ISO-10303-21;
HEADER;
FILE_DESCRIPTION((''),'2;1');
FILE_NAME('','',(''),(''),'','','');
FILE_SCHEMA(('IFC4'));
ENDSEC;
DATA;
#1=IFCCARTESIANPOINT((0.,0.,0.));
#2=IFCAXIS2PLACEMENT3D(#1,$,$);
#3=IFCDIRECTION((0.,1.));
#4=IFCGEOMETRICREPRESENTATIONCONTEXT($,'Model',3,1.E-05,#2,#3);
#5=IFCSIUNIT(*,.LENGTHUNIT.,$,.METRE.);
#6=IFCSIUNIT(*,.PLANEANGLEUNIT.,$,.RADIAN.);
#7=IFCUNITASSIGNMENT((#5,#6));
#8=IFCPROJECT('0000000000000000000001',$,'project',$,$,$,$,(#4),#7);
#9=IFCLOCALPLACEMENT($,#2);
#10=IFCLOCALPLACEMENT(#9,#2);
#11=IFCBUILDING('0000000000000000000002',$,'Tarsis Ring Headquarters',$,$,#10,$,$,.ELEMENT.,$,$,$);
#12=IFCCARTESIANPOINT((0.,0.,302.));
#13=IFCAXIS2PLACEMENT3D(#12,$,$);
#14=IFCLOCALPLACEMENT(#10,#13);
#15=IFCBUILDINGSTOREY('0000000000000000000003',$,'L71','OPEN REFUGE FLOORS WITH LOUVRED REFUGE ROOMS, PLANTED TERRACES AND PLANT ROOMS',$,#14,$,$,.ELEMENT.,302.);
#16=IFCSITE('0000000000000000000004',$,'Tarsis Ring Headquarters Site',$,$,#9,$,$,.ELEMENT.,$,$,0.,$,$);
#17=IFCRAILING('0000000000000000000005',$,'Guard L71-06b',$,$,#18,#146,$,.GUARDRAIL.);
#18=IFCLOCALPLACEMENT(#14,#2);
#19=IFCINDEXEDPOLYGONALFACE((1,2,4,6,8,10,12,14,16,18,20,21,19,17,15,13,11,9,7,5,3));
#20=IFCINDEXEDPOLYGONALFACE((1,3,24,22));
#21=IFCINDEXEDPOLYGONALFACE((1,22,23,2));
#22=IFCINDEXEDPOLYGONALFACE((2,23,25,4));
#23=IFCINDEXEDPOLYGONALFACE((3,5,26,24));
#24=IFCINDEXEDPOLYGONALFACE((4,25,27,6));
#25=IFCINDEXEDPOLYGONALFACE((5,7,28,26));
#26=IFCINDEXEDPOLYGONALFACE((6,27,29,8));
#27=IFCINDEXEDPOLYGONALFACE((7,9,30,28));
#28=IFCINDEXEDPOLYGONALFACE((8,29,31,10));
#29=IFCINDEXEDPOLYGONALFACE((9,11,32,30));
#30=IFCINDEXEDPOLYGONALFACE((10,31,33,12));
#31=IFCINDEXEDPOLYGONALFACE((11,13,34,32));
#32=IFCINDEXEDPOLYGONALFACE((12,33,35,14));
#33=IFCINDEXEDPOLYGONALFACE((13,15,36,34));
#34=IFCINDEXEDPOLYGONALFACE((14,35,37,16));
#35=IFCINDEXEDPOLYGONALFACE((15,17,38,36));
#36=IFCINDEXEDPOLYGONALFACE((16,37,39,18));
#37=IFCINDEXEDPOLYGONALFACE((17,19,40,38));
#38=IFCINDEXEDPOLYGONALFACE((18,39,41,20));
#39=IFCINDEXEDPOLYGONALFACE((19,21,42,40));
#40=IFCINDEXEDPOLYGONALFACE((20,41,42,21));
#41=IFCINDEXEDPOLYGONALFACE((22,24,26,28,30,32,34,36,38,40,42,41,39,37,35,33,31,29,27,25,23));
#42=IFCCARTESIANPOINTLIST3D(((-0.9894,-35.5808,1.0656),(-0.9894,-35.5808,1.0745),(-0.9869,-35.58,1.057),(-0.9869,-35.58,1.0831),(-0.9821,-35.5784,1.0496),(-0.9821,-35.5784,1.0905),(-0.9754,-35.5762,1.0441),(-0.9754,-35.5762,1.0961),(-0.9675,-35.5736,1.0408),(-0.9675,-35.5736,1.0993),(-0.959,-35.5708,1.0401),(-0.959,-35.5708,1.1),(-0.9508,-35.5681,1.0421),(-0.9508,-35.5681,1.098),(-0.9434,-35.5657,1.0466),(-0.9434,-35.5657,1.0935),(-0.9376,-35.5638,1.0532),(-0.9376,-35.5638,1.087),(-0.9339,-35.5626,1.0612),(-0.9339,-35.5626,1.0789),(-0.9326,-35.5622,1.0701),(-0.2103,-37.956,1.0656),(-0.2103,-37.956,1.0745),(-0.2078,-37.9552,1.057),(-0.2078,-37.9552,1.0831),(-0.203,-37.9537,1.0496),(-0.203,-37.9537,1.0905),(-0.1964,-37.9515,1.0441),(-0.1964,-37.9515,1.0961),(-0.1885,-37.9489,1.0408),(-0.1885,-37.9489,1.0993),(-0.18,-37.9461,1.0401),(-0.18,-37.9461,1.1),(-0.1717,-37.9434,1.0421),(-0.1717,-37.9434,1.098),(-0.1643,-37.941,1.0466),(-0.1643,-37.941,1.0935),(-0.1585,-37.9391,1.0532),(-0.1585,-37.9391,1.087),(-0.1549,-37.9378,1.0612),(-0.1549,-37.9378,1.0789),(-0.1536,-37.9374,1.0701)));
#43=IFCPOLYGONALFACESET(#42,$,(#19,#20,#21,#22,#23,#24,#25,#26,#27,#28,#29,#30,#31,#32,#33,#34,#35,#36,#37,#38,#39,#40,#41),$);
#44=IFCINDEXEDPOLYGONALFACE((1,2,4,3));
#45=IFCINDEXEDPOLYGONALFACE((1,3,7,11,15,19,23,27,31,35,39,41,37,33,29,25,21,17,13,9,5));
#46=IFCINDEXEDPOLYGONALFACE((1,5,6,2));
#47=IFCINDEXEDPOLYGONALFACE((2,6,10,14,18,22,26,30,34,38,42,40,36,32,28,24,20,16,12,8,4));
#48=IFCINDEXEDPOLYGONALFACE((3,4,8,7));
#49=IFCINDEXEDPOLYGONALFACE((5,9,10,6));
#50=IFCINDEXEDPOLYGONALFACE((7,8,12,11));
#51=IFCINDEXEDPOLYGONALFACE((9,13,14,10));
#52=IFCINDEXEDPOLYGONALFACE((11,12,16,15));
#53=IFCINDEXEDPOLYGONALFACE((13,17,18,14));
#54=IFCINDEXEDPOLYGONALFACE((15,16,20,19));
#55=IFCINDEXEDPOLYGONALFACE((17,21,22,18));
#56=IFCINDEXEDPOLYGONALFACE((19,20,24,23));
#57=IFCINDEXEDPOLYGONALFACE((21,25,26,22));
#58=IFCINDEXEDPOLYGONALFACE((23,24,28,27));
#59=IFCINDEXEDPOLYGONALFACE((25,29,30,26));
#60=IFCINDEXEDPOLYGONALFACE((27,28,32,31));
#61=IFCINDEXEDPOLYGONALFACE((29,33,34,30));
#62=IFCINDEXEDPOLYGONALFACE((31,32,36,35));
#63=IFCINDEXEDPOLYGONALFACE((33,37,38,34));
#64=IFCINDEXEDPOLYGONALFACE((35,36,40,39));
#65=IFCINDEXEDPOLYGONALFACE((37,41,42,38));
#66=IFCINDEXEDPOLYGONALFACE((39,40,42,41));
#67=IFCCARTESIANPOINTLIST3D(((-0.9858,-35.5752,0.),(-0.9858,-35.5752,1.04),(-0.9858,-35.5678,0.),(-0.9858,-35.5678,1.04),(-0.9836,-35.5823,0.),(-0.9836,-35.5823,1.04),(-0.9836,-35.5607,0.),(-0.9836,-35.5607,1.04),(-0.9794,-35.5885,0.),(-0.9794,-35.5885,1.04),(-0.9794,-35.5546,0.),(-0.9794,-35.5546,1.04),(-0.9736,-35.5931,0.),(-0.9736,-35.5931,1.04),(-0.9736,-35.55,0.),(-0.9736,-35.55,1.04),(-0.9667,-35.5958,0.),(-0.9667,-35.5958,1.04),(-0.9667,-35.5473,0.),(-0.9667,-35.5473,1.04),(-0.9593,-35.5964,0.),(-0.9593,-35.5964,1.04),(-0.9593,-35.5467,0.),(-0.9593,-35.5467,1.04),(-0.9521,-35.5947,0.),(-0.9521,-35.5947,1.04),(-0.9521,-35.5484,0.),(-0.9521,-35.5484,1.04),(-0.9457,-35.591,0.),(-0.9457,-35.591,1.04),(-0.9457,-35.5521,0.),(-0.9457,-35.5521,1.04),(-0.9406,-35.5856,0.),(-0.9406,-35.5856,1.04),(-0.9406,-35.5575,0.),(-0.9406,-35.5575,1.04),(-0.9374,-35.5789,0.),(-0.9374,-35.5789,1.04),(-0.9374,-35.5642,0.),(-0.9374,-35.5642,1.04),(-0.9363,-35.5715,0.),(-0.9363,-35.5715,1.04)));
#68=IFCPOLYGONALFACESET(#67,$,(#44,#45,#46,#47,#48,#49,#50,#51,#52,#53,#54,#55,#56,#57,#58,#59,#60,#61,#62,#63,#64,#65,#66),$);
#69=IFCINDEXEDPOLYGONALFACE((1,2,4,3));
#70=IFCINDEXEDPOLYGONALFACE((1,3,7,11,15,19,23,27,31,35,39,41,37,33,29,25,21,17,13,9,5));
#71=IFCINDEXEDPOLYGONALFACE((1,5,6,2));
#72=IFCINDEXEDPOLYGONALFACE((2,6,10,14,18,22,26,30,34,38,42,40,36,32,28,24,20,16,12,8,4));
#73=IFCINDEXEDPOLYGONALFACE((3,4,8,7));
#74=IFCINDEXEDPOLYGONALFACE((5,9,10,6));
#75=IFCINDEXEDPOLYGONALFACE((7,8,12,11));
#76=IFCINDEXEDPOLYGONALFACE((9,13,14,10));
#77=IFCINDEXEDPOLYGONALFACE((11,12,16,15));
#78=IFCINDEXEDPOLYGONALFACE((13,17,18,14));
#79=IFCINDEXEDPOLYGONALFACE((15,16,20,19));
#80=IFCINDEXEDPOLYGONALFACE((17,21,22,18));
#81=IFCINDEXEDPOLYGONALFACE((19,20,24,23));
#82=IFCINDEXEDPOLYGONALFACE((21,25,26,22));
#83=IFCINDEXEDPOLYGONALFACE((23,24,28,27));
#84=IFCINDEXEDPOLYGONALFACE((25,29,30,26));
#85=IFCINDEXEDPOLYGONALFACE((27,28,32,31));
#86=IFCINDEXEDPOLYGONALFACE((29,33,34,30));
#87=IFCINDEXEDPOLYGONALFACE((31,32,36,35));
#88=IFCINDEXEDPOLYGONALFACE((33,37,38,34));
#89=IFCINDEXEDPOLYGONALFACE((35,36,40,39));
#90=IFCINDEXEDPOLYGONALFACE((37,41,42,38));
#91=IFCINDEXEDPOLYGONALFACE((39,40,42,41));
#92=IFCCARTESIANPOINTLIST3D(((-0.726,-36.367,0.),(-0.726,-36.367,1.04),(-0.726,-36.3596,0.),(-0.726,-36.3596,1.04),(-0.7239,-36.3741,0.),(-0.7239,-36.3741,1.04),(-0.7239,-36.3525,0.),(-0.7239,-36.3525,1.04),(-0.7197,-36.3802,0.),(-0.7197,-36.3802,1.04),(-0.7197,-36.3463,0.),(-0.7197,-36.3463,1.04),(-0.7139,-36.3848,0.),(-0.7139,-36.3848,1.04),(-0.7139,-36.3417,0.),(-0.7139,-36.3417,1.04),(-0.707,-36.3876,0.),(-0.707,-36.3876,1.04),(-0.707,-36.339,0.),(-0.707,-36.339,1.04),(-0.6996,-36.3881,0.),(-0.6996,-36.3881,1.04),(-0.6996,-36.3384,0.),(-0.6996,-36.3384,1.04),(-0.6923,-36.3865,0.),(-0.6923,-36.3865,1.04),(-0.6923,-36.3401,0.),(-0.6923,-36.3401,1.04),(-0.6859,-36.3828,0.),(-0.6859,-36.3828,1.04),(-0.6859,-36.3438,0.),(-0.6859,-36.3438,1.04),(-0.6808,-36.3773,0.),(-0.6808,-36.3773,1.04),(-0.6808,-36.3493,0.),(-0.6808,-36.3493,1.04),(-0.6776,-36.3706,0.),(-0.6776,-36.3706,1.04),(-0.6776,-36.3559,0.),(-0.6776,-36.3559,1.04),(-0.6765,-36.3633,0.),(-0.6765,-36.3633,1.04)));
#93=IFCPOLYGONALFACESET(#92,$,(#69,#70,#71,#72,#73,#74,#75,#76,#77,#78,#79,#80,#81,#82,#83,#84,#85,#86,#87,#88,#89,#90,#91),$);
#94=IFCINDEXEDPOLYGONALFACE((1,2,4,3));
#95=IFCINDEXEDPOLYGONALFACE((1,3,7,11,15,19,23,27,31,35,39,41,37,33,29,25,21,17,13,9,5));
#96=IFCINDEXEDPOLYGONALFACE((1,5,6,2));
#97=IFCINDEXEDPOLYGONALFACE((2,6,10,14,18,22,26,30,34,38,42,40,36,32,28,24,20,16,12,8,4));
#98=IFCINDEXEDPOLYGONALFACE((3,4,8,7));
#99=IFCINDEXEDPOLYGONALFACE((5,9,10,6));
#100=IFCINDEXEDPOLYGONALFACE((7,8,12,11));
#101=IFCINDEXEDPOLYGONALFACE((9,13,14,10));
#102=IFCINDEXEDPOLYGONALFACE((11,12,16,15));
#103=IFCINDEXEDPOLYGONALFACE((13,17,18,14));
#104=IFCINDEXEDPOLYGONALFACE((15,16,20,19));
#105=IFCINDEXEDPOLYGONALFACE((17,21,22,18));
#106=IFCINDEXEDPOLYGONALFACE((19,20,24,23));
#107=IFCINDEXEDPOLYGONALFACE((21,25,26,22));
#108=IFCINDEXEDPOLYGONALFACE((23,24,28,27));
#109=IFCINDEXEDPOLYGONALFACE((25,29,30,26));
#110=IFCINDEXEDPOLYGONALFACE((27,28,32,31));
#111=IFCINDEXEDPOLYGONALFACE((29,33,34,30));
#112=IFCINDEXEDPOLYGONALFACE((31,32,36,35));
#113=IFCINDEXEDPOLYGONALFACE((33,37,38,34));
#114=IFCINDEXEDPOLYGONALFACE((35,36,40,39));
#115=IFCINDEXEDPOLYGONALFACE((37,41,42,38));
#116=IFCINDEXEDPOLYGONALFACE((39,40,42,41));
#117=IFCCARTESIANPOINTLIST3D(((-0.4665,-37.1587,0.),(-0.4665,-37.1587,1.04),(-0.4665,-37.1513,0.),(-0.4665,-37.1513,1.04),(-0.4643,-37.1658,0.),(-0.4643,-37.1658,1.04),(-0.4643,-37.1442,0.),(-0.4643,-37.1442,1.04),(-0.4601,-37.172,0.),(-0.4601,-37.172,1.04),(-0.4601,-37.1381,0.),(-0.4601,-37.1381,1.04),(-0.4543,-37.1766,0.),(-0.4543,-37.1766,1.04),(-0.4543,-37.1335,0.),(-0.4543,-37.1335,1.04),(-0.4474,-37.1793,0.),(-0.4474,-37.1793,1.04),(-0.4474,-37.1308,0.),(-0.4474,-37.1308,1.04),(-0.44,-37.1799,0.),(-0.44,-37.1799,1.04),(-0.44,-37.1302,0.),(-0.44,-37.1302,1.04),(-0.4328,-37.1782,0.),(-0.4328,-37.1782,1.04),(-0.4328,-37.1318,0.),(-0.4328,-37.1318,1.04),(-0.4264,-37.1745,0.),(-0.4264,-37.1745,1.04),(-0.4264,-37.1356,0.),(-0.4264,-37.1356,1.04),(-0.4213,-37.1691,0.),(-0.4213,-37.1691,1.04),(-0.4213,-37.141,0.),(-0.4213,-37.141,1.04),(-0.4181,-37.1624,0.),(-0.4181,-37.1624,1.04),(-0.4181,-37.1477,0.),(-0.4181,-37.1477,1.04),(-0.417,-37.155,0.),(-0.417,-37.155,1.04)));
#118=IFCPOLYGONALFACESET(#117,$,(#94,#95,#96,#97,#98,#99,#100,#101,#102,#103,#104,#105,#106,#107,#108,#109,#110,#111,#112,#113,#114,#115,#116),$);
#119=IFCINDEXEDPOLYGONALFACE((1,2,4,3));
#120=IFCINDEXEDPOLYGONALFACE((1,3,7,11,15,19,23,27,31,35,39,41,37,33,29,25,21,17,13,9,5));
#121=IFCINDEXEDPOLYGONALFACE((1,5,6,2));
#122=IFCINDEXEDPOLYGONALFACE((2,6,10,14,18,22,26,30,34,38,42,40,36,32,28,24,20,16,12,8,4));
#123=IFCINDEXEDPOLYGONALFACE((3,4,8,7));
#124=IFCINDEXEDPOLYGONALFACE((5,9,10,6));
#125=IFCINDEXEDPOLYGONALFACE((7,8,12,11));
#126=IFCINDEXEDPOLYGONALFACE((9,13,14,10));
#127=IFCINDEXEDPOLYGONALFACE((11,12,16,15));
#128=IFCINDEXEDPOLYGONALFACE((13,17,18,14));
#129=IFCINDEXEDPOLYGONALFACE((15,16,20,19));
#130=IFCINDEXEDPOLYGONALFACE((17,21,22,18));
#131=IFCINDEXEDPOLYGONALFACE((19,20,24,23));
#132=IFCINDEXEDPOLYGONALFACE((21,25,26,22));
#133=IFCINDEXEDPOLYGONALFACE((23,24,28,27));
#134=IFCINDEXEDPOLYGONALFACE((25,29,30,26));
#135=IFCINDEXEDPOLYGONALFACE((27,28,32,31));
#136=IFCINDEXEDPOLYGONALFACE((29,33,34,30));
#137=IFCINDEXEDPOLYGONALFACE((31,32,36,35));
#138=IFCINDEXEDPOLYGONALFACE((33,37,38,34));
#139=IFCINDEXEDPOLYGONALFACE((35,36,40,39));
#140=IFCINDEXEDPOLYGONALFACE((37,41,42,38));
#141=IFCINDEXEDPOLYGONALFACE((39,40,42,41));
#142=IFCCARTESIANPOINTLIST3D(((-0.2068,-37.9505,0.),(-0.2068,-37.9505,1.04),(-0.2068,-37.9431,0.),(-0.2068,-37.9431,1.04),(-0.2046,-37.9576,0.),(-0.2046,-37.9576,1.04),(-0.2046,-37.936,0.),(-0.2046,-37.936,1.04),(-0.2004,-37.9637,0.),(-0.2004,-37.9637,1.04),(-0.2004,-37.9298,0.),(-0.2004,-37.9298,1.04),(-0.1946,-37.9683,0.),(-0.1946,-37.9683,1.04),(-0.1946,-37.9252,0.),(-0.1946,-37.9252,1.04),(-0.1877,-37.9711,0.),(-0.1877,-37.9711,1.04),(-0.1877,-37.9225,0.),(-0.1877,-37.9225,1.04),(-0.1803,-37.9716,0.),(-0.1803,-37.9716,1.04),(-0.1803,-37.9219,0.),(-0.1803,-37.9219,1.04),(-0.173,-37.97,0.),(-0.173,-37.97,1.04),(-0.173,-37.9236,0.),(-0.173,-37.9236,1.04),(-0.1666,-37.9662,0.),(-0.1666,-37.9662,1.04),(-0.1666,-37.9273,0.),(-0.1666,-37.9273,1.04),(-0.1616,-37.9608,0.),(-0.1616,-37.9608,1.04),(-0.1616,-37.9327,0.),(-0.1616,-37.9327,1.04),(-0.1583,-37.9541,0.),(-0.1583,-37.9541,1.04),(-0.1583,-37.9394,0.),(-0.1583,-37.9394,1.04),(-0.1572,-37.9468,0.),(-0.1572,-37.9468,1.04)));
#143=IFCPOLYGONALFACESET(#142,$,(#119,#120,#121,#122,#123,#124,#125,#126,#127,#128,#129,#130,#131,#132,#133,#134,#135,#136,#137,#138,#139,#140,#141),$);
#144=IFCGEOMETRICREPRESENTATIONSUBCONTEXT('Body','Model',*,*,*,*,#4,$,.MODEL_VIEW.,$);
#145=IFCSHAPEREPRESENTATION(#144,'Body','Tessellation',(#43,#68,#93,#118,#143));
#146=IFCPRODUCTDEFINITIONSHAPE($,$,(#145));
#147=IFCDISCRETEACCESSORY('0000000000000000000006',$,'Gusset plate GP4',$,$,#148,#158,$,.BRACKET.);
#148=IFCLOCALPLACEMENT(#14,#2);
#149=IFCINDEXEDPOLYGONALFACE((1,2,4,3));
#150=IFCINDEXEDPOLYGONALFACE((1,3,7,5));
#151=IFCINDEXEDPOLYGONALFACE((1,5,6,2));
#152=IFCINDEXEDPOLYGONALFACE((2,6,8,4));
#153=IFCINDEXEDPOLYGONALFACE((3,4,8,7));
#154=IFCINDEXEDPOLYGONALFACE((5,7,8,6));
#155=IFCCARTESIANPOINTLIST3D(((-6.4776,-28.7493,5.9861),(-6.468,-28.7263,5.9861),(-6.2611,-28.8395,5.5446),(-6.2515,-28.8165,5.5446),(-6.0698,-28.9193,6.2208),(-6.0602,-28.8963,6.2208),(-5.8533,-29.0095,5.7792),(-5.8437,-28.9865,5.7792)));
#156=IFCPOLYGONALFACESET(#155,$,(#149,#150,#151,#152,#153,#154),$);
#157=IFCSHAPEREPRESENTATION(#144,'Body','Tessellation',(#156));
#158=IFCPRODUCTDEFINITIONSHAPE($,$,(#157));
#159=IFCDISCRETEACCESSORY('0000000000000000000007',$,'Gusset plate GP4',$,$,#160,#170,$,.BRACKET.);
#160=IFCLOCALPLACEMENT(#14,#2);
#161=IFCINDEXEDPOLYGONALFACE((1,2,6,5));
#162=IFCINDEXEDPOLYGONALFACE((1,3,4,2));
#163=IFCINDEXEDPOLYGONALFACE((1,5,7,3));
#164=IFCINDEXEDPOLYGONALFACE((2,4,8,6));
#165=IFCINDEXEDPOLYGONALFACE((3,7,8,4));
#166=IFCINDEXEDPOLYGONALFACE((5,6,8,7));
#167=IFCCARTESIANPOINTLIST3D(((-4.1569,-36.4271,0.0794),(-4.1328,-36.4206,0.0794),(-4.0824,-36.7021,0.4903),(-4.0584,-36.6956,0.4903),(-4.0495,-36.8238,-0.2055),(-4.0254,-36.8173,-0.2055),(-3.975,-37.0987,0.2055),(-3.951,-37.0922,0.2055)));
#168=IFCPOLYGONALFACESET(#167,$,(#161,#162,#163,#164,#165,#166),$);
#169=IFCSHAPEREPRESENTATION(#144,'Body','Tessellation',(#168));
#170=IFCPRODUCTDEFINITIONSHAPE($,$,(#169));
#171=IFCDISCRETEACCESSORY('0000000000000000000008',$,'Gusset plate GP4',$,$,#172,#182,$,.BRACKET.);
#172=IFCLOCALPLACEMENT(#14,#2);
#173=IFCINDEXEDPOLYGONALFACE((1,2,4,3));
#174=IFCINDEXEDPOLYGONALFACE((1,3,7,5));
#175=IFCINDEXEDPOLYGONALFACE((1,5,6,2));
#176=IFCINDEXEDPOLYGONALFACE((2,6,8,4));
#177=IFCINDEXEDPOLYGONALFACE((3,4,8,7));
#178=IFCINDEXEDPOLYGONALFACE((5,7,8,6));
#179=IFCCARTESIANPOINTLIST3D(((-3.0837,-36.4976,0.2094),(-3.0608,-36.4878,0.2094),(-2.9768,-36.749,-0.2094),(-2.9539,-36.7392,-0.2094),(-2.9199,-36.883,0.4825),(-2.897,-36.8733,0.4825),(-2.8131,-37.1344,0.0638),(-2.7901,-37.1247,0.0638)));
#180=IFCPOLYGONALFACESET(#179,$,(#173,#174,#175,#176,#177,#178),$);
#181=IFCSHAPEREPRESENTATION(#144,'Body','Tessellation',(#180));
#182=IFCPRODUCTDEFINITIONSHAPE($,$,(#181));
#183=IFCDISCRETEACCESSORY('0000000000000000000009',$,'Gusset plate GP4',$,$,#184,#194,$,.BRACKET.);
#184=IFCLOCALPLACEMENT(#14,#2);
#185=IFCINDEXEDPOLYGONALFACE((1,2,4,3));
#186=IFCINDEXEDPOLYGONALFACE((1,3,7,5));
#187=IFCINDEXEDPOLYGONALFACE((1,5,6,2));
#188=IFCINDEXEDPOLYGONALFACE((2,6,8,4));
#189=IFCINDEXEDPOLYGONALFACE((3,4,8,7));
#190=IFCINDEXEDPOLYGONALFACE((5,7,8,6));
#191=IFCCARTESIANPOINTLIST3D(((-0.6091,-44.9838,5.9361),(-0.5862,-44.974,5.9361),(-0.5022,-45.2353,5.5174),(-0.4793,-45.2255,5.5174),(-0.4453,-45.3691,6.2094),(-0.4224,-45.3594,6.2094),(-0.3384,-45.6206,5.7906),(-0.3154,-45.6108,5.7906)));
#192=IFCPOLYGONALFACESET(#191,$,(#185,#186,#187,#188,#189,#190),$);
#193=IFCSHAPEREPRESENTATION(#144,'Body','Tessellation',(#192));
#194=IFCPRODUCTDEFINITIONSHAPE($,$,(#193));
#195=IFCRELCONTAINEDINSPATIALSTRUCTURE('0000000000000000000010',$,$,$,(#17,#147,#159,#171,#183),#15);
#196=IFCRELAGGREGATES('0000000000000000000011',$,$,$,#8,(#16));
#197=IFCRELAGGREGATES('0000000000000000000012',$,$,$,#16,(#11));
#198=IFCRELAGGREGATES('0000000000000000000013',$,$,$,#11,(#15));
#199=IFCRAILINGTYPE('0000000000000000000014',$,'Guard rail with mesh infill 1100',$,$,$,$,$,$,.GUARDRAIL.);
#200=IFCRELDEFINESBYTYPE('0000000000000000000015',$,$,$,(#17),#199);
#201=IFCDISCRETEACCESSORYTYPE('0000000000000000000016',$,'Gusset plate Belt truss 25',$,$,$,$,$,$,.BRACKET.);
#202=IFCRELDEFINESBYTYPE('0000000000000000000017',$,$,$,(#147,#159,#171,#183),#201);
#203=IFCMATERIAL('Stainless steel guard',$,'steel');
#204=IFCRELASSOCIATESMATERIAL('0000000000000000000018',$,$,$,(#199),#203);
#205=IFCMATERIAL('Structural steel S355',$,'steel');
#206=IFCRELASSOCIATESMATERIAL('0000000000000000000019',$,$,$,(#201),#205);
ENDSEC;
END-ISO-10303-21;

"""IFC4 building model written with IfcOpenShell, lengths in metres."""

from ifc_helpers import new_model, si_unit, direction, frame, origin, origin_2d, place, context, subcontext, project, spatial, rectangle, circle, extrude, material, material_profile, profile_set, type_object, element, save


model = new_model("IFC4")

# Units and contexts
model_context = context("Model", 3, precision=1e-05, world=origin(), true_north=direction((0.0, 1.0)))
body_context = subcontext(model_context, "Body", "Model", "MODEL_VIEW")
ifc_project = project(units=[si_unit("LENGTHUNIT", "METRE"), si_unit("PLANEANGLEUNIT", "RADIAN")], contexts=[model_context])

# Site, building, storey
site_placement = place(None, origin())
site = spatial("IfcSite", under=ifc_project, at=site_placement, Name="Tarsis Ring Headquarters Site", CompositionType="ELEMENT", RefElevation=0.0)
building_placement = place(site_placement, origin())
building = spatial("IfcBuilding", under=site, at=building_placement, Name="Tarsis Ring Headquarters", CompositionType="ELEMENT")
storey_placement = place(building_placement, frame((0.0, 0.0, 302.0)))
storey = spatial("IfcBuildingStorey", under=building, at=storey_placement, Name="L71", Description="OPEN REFUGE FLOORS WITH LOUVRED REFUGE ROOMS, PLANTED TERRACES AND PLANT ROOMS", CompositionType="ELEMENT", Elevation=302.0)

# Shared definitions
ifc_material_1 = material(Name="Structural steel S355", Category="steel")

# Railing
ifc_material_2 = material(Name="Stainless steel guard", Category="steel")
railing_type = type_object("IfcRailingType", Name="Guard rail with mesh infill 1100", PredefinedType="GUARDRAIL", material=ifc_material_2)
railing_placement = place(storey_placement, frame((-0.9612, -35.5715, 0.0)))
element("IfcRailing", 1, at=railing_placement, inside=storey, type_object=railing_type, Name="Guard L71-06b", PredefinedType="GUARDRAIL", context=body_context, shape_type="SweptSolid", body=[
    extrude(circle(Radius=0.03, at=origin_2d()), frame((0.0, 0.0, 1.0701), z_axis=(0.311653, -0.950196, 0.0), x_axis=(0.950196, 0.311653, 0.0)), (0.0, 0.0, 1.0), 2.4998),
    extrude(circle(Radius=0.0249, at=origin_2d()), origin(), (0.0, 0.0, 1.0), 1.04),
    extrude(circle(Radius=0.0249, at=origin_2d()), frame((0.2598, -0.7917, 0.0)), (0.0, 0.0, 1.0), 1.04),
    extrude(circle(Radius=0.0249, at=origin_2d()), frame((0.5193, -1.5835, 0.0)), (0.0, 0.0, 1.0), 1.04),
    extrude(circle(Radius=0.0249, at=origin_2d()), frame((0.7791, -2.3752, 0.0)), (0.0, 0.0, 1.0), 1.04),
])

# Discrete accessories
ifc_material_profile_1 = material_profile(ifc_material_1, rectangle(XDim=0.0249, YDim=0.5, at=origin_2d()), Name="PL 25x500")
ifc_profile_set_1 = profile_set([ifc_material_profile_1], Name="Structural steel S355")
discrete_accessory_type = type_object("IfcDiscreteAccessoryType", Name="Gusset plate Belt truss 25", PredefinedType="BRACKET", material=ifc_profile_set_1)
discrete_accessory_placement = place(storey_placement, frame((-5.9568, -28.9529, 6.0), z_axis=(-0.815184, 0.339741, -0.469097), x_axis=(-0.384694, -0.923044, 0.0)))
element("IfcDiscreteAccessory", 2, at=discrete_accessory_placement, inside=storey, type_object=discrete_accessory_type, Name="Gusset plate GP4", PredefinedType="BRACKET", context=body_context, shape_type="SweptSolid", body=[
    extrude(rectangle(XDim=0.0249, YDim=0.5, at=origin_2d()), origin(), (0.0, 0.0, 1.0), 0.5002),
])
for number, where, z_axis, x_axis, name in (
    (3, (-4.0002, -36.958, 0.0), (-0.214797, 0.793286, 0.569701), (-0.965242, -0.261358, 0.0), "Gusset plate GP4"),
    (4, (-3.0188, -36.6184, 0.0), (0.327584, -0.770873, 0.5463), (0.920347, 0.391104, 0.0), "Gusset plate GP4"),
    (5, (-0.3804, -45.49, 6.0), (-0.327708, 0.770675, -0.546505), (-0.920257, -0.391314, 0.0), "Gusset plate GP4"),
):
    element("IfcDiscreteAccessory", number, at=place(storey_placement, frame(where, z_axis=z_axis, x_axis=x_axis)), inside=storey, type_object=discrete_accessory_type, Name=name, PredefinedType="BRACKET", context=body_context, shape_type="SweptSolid", body=[
        extrude(rectangle(XDim=0.0249, YDim=0.5, at=origin_2d()), origin(), (0.0, 0.0, 1.0), 0.5),
    ])

save(model, "model.ifc")
